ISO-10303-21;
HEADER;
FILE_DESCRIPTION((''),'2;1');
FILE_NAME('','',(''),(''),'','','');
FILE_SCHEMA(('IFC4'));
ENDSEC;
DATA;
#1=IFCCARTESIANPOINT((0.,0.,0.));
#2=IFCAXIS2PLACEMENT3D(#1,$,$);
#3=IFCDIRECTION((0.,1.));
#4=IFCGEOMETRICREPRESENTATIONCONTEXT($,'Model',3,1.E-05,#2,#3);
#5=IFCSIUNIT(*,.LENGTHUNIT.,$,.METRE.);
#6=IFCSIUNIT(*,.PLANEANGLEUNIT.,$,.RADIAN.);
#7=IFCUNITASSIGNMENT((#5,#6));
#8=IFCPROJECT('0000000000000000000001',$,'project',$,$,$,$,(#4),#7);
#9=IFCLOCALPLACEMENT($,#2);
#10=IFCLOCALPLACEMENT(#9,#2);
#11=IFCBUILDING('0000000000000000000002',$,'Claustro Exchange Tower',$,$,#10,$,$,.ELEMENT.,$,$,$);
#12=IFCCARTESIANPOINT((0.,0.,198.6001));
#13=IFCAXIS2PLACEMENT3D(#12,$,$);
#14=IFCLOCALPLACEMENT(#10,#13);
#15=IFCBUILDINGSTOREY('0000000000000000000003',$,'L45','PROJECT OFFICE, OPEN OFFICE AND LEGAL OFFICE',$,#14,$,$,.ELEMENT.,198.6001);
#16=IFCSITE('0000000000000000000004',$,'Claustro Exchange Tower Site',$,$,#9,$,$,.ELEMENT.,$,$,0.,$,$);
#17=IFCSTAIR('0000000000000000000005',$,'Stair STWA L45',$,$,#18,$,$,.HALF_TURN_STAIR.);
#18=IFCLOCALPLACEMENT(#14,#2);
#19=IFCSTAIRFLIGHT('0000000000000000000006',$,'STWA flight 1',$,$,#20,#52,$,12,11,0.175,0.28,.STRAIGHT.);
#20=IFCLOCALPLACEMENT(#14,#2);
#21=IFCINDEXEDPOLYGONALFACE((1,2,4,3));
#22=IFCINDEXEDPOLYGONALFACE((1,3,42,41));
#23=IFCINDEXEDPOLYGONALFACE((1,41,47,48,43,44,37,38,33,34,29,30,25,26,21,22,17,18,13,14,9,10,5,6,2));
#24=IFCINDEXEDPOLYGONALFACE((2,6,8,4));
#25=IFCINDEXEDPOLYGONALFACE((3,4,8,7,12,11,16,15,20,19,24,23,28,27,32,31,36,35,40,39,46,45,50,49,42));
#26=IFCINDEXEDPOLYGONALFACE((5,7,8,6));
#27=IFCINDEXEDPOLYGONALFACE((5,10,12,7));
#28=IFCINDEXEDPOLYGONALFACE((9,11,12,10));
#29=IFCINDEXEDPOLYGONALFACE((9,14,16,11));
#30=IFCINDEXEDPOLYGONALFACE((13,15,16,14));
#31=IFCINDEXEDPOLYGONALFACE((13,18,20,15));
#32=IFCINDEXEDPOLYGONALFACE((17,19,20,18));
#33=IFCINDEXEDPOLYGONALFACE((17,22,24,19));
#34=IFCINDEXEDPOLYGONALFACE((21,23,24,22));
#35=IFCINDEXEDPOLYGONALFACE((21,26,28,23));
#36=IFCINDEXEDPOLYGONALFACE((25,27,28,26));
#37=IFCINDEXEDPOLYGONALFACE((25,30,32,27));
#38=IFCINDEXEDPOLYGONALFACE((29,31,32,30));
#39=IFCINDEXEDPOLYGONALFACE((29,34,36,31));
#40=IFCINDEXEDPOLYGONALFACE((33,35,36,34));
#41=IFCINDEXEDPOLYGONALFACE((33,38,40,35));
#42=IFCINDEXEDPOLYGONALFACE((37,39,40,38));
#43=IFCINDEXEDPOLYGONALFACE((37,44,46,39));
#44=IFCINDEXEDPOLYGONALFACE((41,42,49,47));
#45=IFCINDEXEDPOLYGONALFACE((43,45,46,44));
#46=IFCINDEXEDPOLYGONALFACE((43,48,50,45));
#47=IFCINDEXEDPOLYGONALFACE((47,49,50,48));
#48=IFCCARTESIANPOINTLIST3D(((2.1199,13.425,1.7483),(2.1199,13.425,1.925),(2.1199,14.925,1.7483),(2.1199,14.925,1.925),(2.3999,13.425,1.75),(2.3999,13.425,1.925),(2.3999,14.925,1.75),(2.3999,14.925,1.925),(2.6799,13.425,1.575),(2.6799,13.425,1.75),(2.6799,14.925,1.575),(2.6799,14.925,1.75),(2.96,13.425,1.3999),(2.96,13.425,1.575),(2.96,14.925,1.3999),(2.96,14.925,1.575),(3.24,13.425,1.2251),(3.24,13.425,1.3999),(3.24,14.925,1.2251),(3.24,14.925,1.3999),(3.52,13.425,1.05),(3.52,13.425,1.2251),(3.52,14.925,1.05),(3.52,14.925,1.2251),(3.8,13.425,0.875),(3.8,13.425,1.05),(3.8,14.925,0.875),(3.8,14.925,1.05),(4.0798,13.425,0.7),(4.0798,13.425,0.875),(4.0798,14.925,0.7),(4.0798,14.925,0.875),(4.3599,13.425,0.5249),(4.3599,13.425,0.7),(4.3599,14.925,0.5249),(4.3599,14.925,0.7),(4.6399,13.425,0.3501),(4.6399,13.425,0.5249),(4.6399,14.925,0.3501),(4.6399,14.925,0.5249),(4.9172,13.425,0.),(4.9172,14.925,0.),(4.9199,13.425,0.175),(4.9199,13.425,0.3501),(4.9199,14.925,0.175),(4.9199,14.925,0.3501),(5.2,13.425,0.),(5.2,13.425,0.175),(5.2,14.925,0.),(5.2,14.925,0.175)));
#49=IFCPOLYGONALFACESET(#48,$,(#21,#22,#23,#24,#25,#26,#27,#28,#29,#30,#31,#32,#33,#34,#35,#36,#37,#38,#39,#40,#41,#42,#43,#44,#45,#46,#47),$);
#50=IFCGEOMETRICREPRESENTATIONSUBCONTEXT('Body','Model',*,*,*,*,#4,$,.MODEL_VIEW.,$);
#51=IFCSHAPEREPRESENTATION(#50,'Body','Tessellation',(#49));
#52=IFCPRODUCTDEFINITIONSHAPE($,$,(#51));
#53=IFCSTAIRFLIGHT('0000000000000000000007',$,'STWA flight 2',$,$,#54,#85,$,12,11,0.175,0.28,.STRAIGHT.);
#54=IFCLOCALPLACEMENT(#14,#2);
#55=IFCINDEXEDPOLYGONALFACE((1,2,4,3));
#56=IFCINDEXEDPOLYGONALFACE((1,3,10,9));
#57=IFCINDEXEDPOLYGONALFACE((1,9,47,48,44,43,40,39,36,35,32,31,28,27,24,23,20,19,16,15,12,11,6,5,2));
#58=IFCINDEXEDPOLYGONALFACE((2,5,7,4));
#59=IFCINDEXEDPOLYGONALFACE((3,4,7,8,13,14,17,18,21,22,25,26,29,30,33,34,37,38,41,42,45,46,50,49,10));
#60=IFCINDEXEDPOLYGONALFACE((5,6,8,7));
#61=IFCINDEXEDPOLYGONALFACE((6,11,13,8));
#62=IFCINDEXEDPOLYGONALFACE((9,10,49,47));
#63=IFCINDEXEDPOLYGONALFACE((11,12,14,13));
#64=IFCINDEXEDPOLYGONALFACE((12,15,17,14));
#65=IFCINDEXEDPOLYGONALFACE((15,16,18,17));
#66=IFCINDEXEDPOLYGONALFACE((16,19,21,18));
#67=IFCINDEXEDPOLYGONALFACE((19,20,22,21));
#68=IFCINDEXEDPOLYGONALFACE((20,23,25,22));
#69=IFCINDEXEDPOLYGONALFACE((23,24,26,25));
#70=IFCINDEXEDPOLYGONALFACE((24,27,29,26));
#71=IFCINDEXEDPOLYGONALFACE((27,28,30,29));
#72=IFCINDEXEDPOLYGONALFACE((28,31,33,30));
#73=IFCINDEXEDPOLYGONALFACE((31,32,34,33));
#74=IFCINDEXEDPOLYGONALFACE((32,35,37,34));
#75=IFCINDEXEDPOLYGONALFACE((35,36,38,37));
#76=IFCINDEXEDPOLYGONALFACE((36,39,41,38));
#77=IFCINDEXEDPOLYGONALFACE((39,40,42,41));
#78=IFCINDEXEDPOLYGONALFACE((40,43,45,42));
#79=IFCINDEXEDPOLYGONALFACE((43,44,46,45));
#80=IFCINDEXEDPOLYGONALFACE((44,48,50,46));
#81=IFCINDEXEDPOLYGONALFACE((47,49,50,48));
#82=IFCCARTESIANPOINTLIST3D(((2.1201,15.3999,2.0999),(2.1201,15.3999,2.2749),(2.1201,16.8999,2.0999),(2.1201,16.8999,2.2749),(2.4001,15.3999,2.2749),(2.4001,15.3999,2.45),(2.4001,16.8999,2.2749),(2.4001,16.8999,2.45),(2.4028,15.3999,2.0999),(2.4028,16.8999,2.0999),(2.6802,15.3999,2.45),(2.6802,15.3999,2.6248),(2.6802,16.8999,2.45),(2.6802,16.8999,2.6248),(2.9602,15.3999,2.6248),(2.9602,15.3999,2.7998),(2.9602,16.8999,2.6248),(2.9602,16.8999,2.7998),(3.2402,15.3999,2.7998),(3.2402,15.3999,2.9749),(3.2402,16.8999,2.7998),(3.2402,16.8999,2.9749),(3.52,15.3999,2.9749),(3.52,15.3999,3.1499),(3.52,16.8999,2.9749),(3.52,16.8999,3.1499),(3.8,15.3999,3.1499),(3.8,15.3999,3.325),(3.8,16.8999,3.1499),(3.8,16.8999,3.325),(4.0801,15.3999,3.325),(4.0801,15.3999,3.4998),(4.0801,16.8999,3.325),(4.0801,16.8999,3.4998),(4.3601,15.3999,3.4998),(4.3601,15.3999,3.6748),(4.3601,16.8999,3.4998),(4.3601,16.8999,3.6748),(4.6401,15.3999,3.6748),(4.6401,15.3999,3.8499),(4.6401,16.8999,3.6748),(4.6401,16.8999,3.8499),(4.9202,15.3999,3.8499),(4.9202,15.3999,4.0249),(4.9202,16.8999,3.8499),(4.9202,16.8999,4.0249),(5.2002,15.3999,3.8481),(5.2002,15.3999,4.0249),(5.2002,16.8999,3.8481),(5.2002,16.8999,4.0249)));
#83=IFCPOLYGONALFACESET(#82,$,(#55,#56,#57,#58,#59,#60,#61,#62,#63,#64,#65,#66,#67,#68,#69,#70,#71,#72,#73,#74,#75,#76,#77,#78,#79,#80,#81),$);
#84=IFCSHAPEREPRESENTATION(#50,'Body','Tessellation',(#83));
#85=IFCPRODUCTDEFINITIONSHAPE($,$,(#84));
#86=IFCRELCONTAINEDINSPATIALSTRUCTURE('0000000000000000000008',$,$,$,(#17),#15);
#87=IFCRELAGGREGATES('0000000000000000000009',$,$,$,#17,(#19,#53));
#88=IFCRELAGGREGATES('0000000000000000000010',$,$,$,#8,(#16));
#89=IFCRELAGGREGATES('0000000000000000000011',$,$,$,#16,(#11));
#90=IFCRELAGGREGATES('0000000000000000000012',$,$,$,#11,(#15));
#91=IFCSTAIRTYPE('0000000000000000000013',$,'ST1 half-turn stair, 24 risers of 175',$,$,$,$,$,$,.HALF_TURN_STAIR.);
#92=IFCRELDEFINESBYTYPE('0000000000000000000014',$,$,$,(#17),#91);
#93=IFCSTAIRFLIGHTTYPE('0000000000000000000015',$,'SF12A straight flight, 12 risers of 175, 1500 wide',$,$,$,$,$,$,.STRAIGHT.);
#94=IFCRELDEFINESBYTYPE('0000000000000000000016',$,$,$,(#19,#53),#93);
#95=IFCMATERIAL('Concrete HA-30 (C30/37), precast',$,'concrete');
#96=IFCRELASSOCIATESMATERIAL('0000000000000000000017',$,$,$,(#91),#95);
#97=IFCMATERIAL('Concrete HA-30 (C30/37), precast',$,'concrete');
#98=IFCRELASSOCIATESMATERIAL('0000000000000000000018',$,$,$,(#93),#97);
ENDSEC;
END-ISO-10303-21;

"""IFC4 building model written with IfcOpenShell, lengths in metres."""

from ifc_helpers import new_model, si_unit, direction, frame, origin, place, context, subcontext, project, spatial, polyline, outline, extrude, material, type_object, element, aggregate, save


model = new_model("IFC4")

# Units and contexts
model_context = context("Model", 3, precision=1e-05, world=origin(), true_north=direction((0.0, 1.0)))
body_context = subcontext(model_context, "Body", "Model", "MODEL_VIEW")
ifc_project = project(units=[si_unit("LENGTHUNIT", "METRE"), si_unit("PLANEANGLEUNIT", "RADIAN")], contexts=[model_context])

# Site, building, storey
site_placement = place(None, origin())
site = spatial("IfcSite", under=ifc_project, at=site_placement, Name="Claustro Exchange Tower Site", CompositionType="ELEMENT", RefElevation=0.0)
building_placement = place(site_placement, origin())
building = spatial("IfcBuilding", under=site, at=building_placement, Name="Claustro Exchange Tower", CompositionType="ELEMENT")
storey_placement = place(building_placement, frame((0.0, 0.0, 198.6001)))
storey = spatial("IfcBuildingStorey", under=building, at=storey_placement, Name="L45", Description="PROJECT OFFICE, OPEN OFFICE AND LEGAL OFFICE", CompositionType="ELEMENT", Elevation=198.6001)

# Stair, stair flights
ifc_material_1 = material(Name="Concrete HA-30 (C30/37), precast", Category="concrete")
stair_type = type_object("IfcStairType", Name="ST1 half-turn stair, 24 risers of 175", PredefinedType="HALF_TURN_STAIR", material=ifc_material_1)
stair_placement = place(storey_placement, origin())
stair = element("IfcStair", 1, at=stair_placement, inside=storey, type_object=stair_type, Name="Stair STWA L45", PredefinedType="HALF_TURN_STAIR")
ifc_material_2 = material(Name="Concrete HA-30 (C30/37), precast", Category="concrete")
stair_flight_type = type_object("IfcStairFlightType", Name="SF12A straight flight, 12 risers of 175, 1500 wide", PredefinedType="STRAIGHT", material=ifc_material_2)
stair_flight_1_placement = place(storey_placement, frame((5.2, 14.175, 0.0), z_axis=(0.0, 0.0, 1.0), x_axis=(-1.0, 0.0, 0.0)))
stair_flight_1 = element("IfcStairFlight", 2, at=stair_flight_1_placement, type_object=stair_flight_type, Name="STWA flight 1", NumberOfRisers=12, NumberOfTreads=11, PredefinedType="STRAIGHT", RiserHeight=0.175, TreadLength=0.28, context=body_context, shape_type="SweptSolid", body=[
    extrude(outline(polyline([(0.0, 0.0), (0.0, 0.175), (0.28, 0.175), (0.28, 0.3501), (0.5601, 0.3501), (0.5601, 0.5249), (0.8401, 0.5249), (0.8401, 0.7), (1.1201, 0.7), (1.1201, 0.875), (1.3999, 0.875), (1.3999, 1.05), (1.6799, 1.05), (1.6799, 1.2251), (1.96, 1.2251), (1.96, 1.3999), (2.24, 1.3999), (2.24, 1.575), (2.52, 1.575), (2.52, 1.75), (2.8, 1.75), (2.8, 1.925), (3.0801, 1.925), (3.0801, 2.1001), (3.0801, 1.7483), (0.2827, 0.0), (0.0, 0.0)])), frame((0.0, 0.75, 0.0), z_axis=(0.0, -1.0, 0.0), x_axis=(1.0, 0.0, 0.0)), (0.0, 0.0, 1.0), 1.5),
])
stair_flight_2_placement = place(storey_placement, frame((2.1201, 16.1499, 2.0999), z_axis=(0.0, 0.0, 1.0), x_axis=(1.0, 0.0, 0.0)))
stair_flight_2 = element("IfcStairFlight", 3, at=stair_flight_2_placement, type_object=stair_flight_type, Name="STWA flight 2", NumberOfRisers=12, NumberOfTreads=11, PredefinedType="STRAIGHT", RiserHeight=0.175, TreadLength=0.28, context=body_context, shape_type="SweptSolid", body=[
    extrude(outline(polyline([(0.0, 0.0), (0.0, 0.175), (0.28, 0.175), (0.28, 0.3501), (0.5601, 0.3501), (0.5601, 0.5249), (0.8401, 0.5249), (0.8401, 0.7), (1.1201, 0.7), (1.1201, 0.875), (1.3999, 0.875), (1.3999, 1.05), (1.6799, 1.05), (1.6799, 1.2251), (1.96, 1.2251), (1.96, 1.3999), (2.24, 1.3999), (2.24, 1.575), (2.52, 1.575), (2.52, 1.75), (2.8, 1.75), (2.8, 1.925), (3.0801, 1.925), (3.0801, 2.1001), (3.0801, 1.7483), (0.2827, 0.0), (0.0, 0.0)])), frame((0.0, 0.75, 0.0), z_axis=(0.0, -1.0, 0.0), x_axis=(1.0, 0.0, 0.0)), (0.0, 0.0, 1.0), 1.5),
])
aggregate(stair, [stair_flight_1, stair_flight_2])

save(model, "model.ifc")
